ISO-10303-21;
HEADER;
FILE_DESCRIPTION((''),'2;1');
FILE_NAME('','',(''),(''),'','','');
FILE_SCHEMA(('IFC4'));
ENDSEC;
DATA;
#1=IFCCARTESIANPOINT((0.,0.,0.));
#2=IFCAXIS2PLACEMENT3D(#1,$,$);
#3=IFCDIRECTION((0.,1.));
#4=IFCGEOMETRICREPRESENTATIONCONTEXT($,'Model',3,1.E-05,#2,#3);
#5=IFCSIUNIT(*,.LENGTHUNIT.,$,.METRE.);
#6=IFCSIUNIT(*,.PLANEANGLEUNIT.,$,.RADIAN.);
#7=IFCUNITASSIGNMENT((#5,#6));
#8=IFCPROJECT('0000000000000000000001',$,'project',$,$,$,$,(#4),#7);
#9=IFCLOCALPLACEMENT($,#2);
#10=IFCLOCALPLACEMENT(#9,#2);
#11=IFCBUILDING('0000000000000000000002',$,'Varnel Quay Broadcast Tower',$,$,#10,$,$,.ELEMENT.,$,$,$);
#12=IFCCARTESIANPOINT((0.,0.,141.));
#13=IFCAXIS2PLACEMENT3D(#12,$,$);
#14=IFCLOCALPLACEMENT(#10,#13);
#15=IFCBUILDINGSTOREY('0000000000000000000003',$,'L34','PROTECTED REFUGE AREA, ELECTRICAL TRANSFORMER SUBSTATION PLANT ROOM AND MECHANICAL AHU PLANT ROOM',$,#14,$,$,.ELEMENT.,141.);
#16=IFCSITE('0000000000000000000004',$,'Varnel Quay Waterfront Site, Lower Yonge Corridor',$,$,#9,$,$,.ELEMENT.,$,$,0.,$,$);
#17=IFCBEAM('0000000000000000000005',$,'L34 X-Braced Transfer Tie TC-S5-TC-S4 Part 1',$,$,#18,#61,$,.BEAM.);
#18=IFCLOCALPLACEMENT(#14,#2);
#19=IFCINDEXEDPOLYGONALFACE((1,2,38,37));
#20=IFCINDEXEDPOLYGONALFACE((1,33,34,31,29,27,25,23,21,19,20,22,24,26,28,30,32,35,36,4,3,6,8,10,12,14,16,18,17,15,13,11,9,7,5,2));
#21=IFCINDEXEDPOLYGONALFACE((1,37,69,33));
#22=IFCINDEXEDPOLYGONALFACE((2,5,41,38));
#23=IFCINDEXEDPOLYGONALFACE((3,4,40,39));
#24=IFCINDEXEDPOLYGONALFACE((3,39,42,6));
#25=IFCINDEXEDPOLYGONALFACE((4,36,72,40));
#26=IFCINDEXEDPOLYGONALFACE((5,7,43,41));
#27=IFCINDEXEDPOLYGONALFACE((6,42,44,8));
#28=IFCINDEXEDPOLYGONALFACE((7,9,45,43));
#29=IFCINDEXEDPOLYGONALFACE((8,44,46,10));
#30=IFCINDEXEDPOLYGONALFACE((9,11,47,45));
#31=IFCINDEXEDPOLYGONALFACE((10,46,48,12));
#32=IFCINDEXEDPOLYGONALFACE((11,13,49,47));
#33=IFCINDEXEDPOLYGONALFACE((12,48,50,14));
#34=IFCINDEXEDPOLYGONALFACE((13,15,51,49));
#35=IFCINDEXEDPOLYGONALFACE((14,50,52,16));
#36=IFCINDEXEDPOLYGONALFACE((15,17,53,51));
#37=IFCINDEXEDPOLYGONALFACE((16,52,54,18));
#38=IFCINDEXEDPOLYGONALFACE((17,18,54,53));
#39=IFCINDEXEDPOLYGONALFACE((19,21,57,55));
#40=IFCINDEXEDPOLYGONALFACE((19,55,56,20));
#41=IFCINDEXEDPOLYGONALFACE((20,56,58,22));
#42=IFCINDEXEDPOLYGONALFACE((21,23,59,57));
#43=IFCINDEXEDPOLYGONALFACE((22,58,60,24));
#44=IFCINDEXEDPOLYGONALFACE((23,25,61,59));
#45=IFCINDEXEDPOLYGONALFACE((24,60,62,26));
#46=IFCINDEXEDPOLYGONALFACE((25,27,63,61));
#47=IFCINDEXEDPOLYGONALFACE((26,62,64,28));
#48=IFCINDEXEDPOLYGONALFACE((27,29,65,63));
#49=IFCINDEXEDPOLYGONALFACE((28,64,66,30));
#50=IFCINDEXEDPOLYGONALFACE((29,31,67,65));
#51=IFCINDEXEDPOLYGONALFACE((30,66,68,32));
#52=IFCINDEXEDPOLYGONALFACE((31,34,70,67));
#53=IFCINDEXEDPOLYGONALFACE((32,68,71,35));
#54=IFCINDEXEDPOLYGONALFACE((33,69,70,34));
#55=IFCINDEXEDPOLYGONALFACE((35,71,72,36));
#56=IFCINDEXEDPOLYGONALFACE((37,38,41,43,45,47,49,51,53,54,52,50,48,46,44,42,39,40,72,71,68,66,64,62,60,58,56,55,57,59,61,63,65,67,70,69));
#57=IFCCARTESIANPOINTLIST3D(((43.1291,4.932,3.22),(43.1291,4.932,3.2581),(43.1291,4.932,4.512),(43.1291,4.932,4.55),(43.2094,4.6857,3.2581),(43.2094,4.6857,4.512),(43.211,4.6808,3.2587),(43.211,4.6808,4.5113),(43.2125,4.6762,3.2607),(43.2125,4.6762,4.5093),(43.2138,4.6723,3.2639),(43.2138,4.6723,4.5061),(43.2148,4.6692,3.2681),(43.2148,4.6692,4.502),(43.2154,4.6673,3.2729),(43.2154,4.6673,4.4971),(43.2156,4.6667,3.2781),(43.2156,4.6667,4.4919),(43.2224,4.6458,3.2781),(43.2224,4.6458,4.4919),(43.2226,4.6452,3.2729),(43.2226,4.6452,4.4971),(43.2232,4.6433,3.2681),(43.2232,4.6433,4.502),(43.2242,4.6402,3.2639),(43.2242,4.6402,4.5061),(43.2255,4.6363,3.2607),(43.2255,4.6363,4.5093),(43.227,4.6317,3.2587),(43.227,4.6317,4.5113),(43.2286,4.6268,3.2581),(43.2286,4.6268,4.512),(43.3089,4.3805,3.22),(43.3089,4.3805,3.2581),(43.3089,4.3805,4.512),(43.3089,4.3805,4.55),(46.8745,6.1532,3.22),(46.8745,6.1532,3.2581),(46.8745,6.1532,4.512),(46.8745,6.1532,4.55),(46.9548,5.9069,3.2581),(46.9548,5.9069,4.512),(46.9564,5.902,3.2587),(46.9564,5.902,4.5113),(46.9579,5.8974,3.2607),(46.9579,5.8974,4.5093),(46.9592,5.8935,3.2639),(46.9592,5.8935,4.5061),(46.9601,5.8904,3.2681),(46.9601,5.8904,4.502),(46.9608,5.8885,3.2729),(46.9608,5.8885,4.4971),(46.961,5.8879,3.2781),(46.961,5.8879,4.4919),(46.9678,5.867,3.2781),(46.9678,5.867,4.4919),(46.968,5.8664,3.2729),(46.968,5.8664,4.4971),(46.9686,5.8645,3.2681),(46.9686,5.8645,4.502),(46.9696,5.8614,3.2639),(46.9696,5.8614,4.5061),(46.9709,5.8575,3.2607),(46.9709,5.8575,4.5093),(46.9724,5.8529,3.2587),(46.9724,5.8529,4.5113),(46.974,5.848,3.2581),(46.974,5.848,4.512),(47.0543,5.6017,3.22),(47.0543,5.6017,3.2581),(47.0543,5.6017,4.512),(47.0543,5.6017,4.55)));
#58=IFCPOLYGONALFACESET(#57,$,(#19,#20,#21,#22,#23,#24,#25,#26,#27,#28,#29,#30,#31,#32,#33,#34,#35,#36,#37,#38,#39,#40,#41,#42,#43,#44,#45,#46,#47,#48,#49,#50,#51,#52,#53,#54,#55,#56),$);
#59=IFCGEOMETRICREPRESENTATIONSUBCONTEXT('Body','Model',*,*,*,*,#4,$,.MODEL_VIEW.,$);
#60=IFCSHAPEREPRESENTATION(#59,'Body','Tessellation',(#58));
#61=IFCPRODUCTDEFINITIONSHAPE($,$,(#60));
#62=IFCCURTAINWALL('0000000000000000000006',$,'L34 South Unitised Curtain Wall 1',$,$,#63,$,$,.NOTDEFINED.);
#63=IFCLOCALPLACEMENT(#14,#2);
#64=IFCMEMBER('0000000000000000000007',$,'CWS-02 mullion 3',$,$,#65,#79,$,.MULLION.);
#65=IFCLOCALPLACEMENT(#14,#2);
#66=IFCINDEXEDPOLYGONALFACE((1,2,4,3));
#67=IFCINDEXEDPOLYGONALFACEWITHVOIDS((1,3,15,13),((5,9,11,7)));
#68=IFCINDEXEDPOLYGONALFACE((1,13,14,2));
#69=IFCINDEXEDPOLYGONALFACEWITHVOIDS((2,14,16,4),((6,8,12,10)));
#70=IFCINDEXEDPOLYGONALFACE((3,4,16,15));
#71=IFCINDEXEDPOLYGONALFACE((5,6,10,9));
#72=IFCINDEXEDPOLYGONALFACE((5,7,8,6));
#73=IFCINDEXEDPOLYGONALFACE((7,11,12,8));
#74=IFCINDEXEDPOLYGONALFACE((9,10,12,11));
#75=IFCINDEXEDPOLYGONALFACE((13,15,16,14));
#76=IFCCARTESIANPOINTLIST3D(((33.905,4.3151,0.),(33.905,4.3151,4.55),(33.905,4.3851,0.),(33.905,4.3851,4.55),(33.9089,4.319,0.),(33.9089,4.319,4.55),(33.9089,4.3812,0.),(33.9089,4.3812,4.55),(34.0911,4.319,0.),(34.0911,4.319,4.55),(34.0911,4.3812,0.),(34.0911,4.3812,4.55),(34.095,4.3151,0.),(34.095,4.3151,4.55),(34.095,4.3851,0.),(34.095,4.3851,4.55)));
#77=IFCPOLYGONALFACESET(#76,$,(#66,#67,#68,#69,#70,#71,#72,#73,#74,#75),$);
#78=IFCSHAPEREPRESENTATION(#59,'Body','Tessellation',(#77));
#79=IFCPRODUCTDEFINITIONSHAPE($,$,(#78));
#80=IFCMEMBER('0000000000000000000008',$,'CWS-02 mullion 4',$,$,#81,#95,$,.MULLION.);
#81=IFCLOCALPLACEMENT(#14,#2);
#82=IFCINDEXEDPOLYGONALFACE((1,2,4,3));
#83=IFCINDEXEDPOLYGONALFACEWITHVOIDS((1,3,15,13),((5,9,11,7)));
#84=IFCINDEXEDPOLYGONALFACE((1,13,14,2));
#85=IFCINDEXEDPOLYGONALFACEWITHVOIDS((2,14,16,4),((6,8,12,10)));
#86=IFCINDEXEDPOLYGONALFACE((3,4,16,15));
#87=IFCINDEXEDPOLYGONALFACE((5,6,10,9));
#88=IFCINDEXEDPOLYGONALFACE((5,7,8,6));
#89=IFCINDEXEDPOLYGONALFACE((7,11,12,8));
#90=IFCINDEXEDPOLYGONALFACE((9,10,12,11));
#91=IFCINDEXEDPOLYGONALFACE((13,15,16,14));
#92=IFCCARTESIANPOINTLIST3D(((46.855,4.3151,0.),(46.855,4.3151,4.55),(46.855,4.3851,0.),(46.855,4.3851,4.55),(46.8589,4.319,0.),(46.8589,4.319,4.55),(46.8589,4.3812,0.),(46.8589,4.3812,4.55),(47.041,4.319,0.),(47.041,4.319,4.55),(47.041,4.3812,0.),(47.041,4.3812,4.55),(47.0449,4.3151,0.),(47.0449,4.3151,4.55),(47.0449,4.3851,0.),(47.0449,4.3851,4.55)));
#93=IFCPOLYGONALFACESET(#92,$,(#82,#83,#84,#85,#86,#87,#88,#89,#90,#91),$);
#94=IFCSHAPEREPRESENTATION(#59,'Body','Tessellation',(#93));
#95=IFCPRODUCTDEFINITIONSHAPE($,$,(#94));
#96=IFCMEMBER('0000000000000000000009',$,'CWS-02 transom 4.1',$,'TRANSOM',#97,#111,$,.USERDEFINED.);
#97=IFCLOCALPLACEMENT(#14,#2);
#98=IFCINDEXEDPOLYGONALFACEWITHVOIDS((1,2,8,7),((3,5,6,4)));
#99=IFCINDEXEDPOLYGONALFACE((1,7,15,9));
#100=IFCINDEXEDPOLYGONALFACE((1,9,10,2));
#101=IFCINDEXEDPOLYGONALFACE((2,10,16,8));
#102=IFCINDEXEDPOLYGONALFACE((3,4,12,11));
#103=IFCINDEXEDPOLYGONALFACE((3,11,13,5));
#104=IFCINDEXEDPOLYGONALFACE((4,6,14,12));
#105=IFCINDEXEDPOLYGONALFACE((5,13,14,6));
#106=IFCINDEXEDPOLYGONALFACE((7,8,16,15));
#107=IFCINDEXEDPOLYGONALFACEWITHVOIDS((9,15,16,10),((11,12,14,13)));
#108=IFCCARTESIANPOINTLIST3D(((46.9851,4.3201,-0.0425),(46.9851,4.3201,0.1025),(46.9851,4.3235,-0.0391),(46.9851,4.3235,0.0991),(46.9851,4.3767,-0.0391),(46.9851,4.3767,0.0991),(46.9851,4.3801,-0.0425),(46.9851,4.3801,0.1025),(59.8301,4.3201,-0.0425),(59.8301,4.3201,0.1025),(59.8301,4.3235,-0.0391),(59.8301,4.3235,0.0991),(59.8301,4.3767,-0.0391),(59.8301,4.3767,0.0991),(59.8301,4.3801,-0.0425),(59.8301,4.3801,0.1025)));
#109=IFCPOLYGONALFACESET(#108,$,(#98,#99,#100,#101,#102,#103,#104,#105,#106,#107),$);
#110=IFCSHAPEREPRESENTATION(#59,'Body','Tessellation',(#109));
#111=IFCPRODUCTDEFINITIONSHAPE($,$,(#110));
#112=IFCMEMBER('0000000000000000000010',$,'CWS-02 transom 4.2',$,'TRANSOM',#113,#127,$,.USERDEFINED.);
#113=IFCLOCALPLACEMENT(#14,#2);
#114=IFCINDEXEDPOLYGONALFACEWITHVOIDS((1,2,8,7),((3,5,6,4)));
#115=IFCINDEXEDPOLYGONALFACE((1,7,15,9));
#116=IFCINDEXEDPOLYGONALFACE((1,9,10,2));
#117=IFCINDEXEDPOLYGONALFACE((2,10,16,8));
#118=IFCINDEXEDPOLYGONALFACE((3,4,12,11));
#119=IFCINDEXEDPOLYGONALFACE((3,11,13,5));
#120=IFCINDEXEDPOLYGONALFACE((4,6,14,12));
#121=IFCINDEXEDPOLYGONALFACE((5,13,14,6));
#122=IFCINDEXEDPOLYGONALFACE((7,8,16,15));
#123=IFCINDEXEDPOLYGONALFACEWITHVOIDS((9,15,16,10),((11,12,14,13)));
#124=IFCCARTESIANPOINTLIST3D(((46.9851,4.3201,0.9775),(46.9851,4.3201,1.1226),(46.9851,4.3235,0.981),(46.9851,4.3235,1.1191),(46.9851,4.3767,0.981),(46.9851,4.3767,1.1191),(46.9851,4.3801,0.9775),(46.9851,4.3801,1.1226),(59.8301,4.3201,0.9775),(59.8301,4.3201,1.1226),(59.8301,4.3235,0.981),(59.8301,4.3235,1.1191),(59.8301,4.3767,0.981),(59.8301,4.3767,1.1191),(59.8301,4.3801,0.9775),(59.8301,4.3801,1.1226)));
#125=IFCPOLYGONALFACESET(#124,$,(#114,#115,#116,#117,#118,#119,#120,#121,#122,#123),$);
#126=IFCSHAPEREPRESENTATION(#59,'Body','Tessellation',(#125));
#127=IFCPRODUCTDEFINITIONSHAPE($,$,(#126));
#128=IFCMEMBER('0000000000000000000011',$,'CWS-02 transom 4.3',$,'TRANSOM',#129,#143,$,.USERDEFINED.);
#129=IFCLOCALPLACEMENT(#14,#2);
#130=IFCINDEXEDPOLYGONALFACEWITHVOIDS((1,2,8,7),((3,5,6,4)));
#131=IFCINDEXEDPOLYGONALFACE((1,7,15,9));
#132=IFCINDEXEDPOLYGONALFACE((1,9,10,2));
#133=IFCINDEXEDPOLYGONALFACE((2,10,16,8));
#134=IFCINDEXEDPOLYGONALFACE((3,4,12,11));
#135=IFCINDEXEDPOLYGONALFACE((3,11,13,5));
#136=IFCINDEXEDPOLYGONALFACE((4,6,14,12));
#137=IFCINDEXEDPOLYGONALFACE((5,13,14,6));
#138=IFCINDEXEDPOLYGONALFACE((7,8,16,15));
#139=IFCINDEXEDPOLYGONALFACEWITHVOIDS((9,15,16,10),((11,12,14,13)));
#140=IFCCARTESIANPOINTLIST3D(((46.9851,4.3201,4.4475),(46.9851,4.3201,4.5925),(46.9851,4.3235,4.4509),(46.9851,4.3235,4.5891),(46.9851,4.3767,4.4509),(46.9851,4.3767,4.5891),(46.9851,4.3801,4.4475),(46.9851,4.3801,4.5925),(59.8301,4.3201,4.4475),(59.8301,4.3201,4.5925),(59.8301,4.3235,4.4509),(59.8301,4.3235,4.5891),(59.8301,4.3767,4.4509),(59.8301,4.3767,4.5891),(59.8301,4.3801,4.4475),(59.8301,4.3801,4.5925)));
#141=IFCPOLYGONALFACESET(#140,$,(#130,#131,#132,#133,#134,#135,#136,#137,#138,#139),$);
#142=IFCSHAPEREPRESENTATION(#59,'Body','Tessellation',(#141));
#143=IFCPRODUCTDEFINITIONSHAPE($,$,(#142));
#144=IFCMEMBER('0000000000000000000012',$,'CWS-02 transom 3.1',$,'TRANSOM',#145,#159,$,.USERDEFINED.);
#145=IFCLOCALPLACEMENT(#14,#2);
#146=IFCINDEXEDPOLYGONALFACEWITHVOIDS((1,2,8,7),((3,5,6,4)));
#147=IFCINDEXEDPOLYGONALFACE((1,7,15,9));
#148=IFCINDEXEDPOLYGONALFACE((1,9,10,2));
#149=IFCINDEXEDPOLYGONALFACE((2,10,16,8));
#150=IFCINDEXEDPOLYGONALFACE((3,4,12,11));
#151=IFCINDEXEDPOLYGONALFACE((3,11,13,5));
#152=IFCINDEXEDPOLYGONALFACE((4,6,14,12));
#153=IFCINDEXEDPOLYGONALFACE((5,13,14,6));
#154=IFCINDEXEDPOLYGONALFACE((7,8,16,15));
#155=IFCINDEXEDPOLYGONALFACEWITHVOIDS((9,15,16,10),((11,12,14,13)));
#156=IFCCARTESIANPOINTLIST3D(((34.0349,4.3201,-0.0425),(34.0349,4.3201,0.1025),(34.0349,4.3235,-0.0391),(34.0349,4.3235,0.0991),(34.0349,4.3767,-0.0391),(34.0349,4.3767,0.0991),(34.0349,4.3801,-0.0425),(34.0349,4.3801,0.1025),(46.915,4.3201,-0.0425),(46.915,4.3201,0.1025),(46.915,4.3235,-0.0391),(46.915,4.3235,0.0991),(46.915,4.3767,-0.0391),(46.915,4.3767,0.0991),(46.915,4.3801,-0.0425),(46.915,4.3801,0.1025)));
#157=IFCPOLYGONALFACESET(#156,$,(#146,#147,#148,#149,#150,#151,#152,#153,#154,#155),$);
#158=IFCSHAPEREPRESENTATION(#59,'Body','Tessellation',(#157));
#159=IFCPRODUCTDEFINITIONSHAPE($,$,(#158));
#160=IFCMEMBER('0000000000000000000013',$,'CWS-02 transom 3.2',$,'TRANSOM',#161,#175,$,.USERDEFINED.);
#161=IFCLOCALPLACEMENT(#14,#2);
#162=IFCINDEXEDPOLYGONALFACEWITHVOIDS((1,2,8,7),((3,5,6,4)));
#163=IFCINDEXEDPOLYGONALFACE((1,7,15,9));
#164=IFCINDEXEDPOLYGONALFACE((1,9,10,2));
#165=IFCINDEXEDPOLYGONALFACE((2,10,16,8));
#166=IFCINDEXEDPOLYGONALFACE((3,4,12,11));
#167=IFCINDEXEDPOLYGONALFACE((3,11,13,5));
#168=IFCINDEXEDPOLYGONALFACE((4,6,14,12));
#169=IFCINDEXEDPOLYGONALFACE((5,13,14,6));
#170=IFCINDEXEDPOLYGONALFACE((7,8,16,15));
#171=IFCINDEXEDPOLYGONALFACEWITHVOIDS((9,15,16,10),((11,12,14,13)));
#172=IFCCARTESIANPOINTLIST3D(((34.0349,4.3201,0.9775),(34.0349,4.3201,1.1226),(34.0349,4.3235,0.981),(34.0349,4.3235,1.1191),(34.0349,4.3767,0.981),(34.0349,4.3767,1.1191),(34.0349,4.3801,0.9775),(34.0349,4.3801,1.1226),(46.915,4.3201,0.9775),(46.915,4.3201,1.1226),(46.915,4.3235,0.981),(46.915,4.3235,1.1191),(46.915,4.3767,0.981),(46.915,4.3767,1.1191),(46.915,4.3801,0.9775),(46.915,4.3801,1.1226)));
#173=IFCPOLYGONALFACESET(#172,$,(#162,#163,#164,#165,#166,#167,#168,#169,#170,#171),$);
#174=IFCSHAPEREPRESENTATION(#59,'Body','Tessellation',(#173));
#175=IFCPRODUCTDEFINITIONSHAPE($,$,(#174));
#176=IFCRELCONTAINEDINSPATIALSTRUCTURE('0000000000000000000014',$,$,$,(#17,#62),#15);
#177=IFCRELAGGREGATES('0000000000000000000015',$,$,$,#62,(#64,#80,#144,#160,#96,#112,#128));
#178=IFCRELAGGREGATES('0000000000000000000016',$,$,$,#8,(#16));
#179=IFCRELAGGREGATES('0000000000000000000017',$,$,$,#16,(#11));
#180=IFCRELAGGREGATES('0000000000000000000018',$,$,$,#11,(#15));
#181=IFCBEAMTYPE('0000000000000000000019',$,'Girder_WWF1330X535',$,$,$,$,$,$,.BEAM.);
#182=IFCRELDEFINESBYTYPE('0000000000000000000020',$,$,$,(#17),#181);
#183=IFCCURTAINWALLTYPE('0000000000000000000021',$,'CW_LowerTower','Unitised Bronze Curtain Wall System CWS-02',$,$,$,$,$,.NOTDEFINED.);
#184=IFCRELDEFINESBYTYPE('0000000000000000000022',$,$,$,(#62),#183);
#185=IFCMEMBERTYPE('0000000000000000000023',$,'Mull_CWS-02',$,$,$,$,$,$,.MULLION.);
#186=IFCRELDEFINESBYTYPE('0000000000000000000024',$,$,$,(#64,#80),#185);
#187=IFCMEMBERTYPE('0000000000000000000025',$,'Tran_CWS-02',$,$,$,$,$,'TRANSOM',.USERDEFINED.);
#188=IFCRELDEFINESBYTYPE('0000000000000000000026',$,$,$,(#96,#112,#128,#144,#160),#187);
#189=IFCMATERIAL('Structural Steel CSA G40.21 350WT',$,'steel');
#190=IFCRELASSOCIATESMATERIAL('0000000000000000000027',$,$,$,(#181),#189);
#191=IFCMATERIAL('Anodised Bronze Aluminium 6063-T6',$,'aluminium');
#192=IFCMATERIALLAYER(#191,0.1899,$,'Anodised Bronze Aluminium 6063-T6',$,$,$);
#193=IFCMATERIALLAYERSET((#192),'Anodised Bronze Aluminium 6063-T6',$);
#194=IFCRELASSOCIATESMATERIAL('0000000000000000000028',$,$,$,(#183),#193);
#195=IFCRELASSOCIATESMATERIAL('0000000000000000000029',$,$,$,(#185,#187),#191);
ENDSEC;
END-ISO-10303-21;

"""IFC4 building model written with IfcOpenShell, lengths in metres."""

from ifc_helpers import new_model, si_unit, direction, frame, origin, origin_2d, place, context, subcontext, project, spatial, hollow_rectangle, i_section, extrude, source, transform, mapped, material, layer, layer_set, material_profile, profile_set, type_object, type_shapes, element, aggregate, save


model = new_model("IFC4")

# Units and contexts
model_context = context("Model", 3, precision=1e-05, world=origin(), true_north=direction((0.0, 1.0)))
body_context = subcontext(model_context, "Body", "Model", "MODEL_VIEW")
ifc_project = project(units=[si_unit("LENGTHUNIT", "METRE"), si_unit("PLANEANGLEUNIT", "RADIAN")], contexts=[model_context])

# Site, building, storey
site_placement = place(None, origin())
site = spatial("IfcSite", under=ifc_project, at=site_placement, Name="Varnel Quay Waterfront Site, Lower Yonge Corridor", CompositionType="ELEMENT", RefElevation=0.0)
building_placement = place(site_placement, origin())
building = spatial("IfcBuilding", under=site, at=building_placement, Name="Varnel Quay Broadcast Tower", CompositionType="ELEMENT")
storey_placement = place(building_placement, frame((0.0, 0.0, 141.0)))
storey = spatial("IfcBuildingStorey", under=building, at=storey_placement, Name="L34", Description="PROTECTED REFUGE AREA, ELECTRICAL TRANSFORMER SUBSTATION PLANT ROOM AND MECHANICAL AHU PLANT ROOM", CompositionType="ELEMENT", Elevation=141.0)

# Beam
ifc_material_1 = material(Name="Structural Steel CSA G40.21 350WT", Category="steel")
ifc_material_profile_1 = material_profile(ifc_material_1, i_section(OverallWidth=0.5801, OverallDepth=1.3301, WebThickness=0.022, FlangeThickness=0.0381, FilletRadius=0.02, at=origin_2d()), Name="WWF1330X535")
ifc_profile_set_1 = profile_set([ifc_material_profile_1], Name="Structural Steel CSA G40.21 350WT")
beam_type = type_object("IfcBeamType", Name="Girder_WWF1330X535", PredefinedType="BEAM", material=ifc_profile_set_1)
shared_shape_1 = source(origin(), body_context, "Body", "SweptSolid", [
    extrude(i_section(OverallWidth=0.5801, OverallDepth=1.3301, WebThickness=0.022, FlangeThickness=0.0381, FilletRadius=0.02, at=origin_2d()), origin(), (0.0, 0.0, 1.0), 3.9395),
])
for number, where, z_axis, x_axis, name in (
    (1, (43.219, 4.6562, 3.885), (0.950739, 0.309993, 0.0), (-0.309993, 0.950739, 0.0), "L34 X-Braced Transfer Tie TC-S5-TC-S4 Part 1"),
):
    element("IfcBeam", number, at=place(storey_placement, frame(where, z_axis=z_axis, x_axis=x_axis)), inside=storey, type_object=beam_type, Name=name, PredefinedType="BEAM", context=body_context, shape_type="MappedRepresentation", body=[
        mapped(shared_shape_1, transform((0.0, 0.0, 0.0), x_axis=(1.0, 0.0, 0.0), y_axis=(0.0, 1.0, 0.0), z_axis=(0.0, 0.0, 1.0), scale=1.0)),
    ])

# Curtain wall, members
ifc_material_2 = material(Name="Anodised Bronze Aluminium 6063-T6", Category="aluminium")
ifc_layer_1 = layer(ifc_material_2, 0.1899, Name="Anodised Bronze Aluminium 6063-T6")
ifc_layer_set_1 = layer_set([ifc_layer_1], Name="Anodised Bronze Aluminium 6063-T6")
curtain_wall_type = type_object("IfcCurtainWallType", Name="CW_LowerTower", Description="Unitised Bronze Curtain Wall System CWS-02", PredefinedType="NOTDEFINED", material=ifc_layer_set_1)
curtain_wall_placement = place(storey_placement, origin())
curtain_wall = element("IfcCurtainWall", 2, at=curtain_wall_placement, inside=storey, type_object=curtain_wall_type, Name="L34 South Unitised Curtain Wall 1", PredefinedType="NOTDEFINED")
ifc_material_profile_2 = material_profile(ifc_material_2, hollow_rectangle(XDim=0.0701, YDim=0.1899, WallThickness=0.0039, at=origin_2d()), Name="ALU70X190X4")
ifc_profile_set_2 = profile_set([ifc_material_profile_2], Name="Anodised Bronze Aluminium 6063-T6")
member_type_1 = type_object("IfcMemberType", Name="Mull_CWS-02", PredefinedType="MULLION", material=ifc_profile_set_2)
shared_shape_2 = source(origin(), body_context, "Body", "SweptSolid", [
    extrude(hollow_rectangle(XDim=0.0701, YDim=0.1899, WallThickness=0.0039, at=origin_2d()), origin(), (0.0, 0.0, 1.0), 4.55),
])
type_shapes(member_type_1, [shared_shape_2])
member_1_placement = place(storey_placement, frame((34.0, 4.3501, 0.0), z_axis=(0.0, 0.0, 1.0), x_axis=(0.0, 1.0, 0.0)))
member_1 = element("IfcMember", 3, at=member_1_placement, type_object=member_type_1, Name="CWS-02 mullion 3", PredefinedType="MULLION", context=body_context, shape_type="MappedRepresentation", body=[
    mapped(shared_shape_2, transform((0.0, 0.0, 0.0), x_axis=(1.0, 0.0, 0.0), y_axis=(0.0, 1.0, 0.0), z_axis=(0.0, 0.0, 1.0), scale=1.0)),
])
member_2_placement = place(storey_placement, frame((46.95, 4.3501, 0.0), z_axis=(0.0, 0.0, 1.0), x_axis=(0.0, 1.0, 0.0)))
member_2 = element("IfcMember", 4, at=member_2_placement, type_object=member_type_1, Name="CWS-02 mullion 4", PredefinedType="MULLION", context=body_context, shape_type="MappedRepresentation", body=[
    mapped(shared_shape_2, transform((0.0, 0.0, 0.0), x_axis=(1.0, 0.0, 0.0), y_axis=(0.0, 1.0, 0.0), z_axis=(0.0, 0.0, 1.0), scale=1.0)),
])
ifc_material_profile_3 = material_profile(ifc_material_2, hollow_rectangle(XDim=0.0601, YDim=0.145, WallThickness=0.0034, at=origin_2d()), Name="ALU60X145X3.5")
ifc_profile_set_3 = profile_set([ifc_material_profile_3], Name="Anodised Bronze Aluminium 6063-T6")
member_type_2 = type_object("IfcMemberType", Name="Tran_CWS-02", ElementType="TRANSOM", PredefinedType="USERDEFINED", material=ifc_profile_set_3)
shared_shape_3 = source(origin(), body_context, "Body", "SweptSolid", [
    extrude(hollow_rectangle(XDim=0.0601, YDim=0.145, WallThickness=0.0034, at=origin_2d()), origin(), (0.0, 0.0, 1.0), 12.845),
])
member_3_placement = place(storey_placement, frame((46.9851, 4.3501, 0.03), z_axis=(1.0, 0.0, 0.0), x_axis=(0.0, 1.0, 0.0)))
member_3 = element("IfcMember", 5, at=member_3_placement, type_object=member_type_2, Name="CWS-02 transom 4.1", ObjectType="TRANSOM", PredefinedType="USERDEFINED", context=body_context, shape_type="MappedRepresentation", body=[
    mapped(shared_shape_3, transform((0.0, 0.0, 0.0), x_axis=(1.0, 0.0, 0.0), y_axis=(0.0, 1.0, 0.0), z_axis=(0.0, 0.0, 1.0), scale=1.0)),
])
member_4_placement = place(storey_placement, frame((46.9851, 4.3501, 1.05), z_axis=(1.0, 0.0, 0.0), x_axis=(0.0, 1.0, 0.0)))
member_4 = element("IfcMember", 6, at=member_4_placement, type_object=member_type_2, Name="CWS-02 transom 4.2", ObjectType="TRANSOM", PredefinedType="USERDEFINED", context=body_context, shape_type="MappedRepresentation", body=[
    mapped(shared_shape_3, transform((0.0, 0.0, 0.0), x_axis=(1.0, 0.0, 0.0), y_axis=(0.0, 1.0, 0.0), z_axis=(0.0, 0.0, 1.0), scale=1.0)),
])
member_5_placement = place(storey_placement, frame((46.9851, 4.3501, 4.52), z_axis=(1.0, 0.0, 0.0), x_axis=(0.0, 1.0, 0.0)))
member_5 = element("IfcMember", 7, at=member_5_placement, type_object=member_type_2, Name="CWS-02 transom 4.3", ObjectType="TRANSOM", PredefinedType="USERDEFINED", context=body_context, shape_type="MappedRepresentation", body=[
    mapped(shared_shape_3, transform((0.0, 0.0, 0.0), x_axis=(1.0, 0.0, 0.0), y_axis=(0.0, 1.0, 0.0), z_axis=(0.0, 0.0, 1.0), scale=1.0)),
])
shared_shape_4 = source(origin(), body_context, "Body", "SweptSolid", [
    extrude(hollow_rectangle(XDim=0.0601, YDim=0.145, WallThickness=0.0034, at=origin_2d()), origin(), (0.0, 0.0, 1.0), 12.8801),
])
type_shapes(member_type_2, [shared_shape_3, shared_shape_4])
member_6_placement = place(storey_placement, frame((34.0349, 4.3501, 0.03), z_axis=(1.0, 0.0, 0.0), x_axis=(0.0, 1.0, 0.0)))
member_6 = element("IfcMember", 8, at=member_6_placement, type_object=member_type_2, Name="CWS-02 transom 3.1", ObjectType="TRANSOM", PredefinedType="USERDEFINED", context=body_context, shape_type="MappedRepresentation", body=[
    mapped(shared_shape_4, transform((0.0, 0.0, 0.0), x_axis=(1.0, 0.0, 0.0), y_axis=(0.0, 1.0, 0.0), z_axis=(0.0, 0.0, 1.0), scale=1.0)),
])
member_7_placement = place(storey_placement, frame((34.0349, 4.3501, 1.05), z_axis=(1.0, 0.0, 0.0), x_axis=(0.0, 1.0, 0.0)))
member_7 = element("IfcMember", 9, at=member_7_placement, type_object=member_type_2, Name="CWS-02 transom 3.2", ObjectType="TRANSOM", PredefinedType="USERDEFINED", context=body_context, shape_type="MappedRepresentation", body=[
    mapped(shared_shape_4, transform((0.0, 0.0, 0.0), x_axis=(1.0, 0.0, 0.0), y_axis=(0.0, 1.0, 0.0), z_axis=(0.0, 0.0, 1.0), scale=1.0)),
])
aggregate(curtain_wall, [member_1, member_2, member_6, member_7, member_3, member_4, member_5])

save(model, "model.ifc")
